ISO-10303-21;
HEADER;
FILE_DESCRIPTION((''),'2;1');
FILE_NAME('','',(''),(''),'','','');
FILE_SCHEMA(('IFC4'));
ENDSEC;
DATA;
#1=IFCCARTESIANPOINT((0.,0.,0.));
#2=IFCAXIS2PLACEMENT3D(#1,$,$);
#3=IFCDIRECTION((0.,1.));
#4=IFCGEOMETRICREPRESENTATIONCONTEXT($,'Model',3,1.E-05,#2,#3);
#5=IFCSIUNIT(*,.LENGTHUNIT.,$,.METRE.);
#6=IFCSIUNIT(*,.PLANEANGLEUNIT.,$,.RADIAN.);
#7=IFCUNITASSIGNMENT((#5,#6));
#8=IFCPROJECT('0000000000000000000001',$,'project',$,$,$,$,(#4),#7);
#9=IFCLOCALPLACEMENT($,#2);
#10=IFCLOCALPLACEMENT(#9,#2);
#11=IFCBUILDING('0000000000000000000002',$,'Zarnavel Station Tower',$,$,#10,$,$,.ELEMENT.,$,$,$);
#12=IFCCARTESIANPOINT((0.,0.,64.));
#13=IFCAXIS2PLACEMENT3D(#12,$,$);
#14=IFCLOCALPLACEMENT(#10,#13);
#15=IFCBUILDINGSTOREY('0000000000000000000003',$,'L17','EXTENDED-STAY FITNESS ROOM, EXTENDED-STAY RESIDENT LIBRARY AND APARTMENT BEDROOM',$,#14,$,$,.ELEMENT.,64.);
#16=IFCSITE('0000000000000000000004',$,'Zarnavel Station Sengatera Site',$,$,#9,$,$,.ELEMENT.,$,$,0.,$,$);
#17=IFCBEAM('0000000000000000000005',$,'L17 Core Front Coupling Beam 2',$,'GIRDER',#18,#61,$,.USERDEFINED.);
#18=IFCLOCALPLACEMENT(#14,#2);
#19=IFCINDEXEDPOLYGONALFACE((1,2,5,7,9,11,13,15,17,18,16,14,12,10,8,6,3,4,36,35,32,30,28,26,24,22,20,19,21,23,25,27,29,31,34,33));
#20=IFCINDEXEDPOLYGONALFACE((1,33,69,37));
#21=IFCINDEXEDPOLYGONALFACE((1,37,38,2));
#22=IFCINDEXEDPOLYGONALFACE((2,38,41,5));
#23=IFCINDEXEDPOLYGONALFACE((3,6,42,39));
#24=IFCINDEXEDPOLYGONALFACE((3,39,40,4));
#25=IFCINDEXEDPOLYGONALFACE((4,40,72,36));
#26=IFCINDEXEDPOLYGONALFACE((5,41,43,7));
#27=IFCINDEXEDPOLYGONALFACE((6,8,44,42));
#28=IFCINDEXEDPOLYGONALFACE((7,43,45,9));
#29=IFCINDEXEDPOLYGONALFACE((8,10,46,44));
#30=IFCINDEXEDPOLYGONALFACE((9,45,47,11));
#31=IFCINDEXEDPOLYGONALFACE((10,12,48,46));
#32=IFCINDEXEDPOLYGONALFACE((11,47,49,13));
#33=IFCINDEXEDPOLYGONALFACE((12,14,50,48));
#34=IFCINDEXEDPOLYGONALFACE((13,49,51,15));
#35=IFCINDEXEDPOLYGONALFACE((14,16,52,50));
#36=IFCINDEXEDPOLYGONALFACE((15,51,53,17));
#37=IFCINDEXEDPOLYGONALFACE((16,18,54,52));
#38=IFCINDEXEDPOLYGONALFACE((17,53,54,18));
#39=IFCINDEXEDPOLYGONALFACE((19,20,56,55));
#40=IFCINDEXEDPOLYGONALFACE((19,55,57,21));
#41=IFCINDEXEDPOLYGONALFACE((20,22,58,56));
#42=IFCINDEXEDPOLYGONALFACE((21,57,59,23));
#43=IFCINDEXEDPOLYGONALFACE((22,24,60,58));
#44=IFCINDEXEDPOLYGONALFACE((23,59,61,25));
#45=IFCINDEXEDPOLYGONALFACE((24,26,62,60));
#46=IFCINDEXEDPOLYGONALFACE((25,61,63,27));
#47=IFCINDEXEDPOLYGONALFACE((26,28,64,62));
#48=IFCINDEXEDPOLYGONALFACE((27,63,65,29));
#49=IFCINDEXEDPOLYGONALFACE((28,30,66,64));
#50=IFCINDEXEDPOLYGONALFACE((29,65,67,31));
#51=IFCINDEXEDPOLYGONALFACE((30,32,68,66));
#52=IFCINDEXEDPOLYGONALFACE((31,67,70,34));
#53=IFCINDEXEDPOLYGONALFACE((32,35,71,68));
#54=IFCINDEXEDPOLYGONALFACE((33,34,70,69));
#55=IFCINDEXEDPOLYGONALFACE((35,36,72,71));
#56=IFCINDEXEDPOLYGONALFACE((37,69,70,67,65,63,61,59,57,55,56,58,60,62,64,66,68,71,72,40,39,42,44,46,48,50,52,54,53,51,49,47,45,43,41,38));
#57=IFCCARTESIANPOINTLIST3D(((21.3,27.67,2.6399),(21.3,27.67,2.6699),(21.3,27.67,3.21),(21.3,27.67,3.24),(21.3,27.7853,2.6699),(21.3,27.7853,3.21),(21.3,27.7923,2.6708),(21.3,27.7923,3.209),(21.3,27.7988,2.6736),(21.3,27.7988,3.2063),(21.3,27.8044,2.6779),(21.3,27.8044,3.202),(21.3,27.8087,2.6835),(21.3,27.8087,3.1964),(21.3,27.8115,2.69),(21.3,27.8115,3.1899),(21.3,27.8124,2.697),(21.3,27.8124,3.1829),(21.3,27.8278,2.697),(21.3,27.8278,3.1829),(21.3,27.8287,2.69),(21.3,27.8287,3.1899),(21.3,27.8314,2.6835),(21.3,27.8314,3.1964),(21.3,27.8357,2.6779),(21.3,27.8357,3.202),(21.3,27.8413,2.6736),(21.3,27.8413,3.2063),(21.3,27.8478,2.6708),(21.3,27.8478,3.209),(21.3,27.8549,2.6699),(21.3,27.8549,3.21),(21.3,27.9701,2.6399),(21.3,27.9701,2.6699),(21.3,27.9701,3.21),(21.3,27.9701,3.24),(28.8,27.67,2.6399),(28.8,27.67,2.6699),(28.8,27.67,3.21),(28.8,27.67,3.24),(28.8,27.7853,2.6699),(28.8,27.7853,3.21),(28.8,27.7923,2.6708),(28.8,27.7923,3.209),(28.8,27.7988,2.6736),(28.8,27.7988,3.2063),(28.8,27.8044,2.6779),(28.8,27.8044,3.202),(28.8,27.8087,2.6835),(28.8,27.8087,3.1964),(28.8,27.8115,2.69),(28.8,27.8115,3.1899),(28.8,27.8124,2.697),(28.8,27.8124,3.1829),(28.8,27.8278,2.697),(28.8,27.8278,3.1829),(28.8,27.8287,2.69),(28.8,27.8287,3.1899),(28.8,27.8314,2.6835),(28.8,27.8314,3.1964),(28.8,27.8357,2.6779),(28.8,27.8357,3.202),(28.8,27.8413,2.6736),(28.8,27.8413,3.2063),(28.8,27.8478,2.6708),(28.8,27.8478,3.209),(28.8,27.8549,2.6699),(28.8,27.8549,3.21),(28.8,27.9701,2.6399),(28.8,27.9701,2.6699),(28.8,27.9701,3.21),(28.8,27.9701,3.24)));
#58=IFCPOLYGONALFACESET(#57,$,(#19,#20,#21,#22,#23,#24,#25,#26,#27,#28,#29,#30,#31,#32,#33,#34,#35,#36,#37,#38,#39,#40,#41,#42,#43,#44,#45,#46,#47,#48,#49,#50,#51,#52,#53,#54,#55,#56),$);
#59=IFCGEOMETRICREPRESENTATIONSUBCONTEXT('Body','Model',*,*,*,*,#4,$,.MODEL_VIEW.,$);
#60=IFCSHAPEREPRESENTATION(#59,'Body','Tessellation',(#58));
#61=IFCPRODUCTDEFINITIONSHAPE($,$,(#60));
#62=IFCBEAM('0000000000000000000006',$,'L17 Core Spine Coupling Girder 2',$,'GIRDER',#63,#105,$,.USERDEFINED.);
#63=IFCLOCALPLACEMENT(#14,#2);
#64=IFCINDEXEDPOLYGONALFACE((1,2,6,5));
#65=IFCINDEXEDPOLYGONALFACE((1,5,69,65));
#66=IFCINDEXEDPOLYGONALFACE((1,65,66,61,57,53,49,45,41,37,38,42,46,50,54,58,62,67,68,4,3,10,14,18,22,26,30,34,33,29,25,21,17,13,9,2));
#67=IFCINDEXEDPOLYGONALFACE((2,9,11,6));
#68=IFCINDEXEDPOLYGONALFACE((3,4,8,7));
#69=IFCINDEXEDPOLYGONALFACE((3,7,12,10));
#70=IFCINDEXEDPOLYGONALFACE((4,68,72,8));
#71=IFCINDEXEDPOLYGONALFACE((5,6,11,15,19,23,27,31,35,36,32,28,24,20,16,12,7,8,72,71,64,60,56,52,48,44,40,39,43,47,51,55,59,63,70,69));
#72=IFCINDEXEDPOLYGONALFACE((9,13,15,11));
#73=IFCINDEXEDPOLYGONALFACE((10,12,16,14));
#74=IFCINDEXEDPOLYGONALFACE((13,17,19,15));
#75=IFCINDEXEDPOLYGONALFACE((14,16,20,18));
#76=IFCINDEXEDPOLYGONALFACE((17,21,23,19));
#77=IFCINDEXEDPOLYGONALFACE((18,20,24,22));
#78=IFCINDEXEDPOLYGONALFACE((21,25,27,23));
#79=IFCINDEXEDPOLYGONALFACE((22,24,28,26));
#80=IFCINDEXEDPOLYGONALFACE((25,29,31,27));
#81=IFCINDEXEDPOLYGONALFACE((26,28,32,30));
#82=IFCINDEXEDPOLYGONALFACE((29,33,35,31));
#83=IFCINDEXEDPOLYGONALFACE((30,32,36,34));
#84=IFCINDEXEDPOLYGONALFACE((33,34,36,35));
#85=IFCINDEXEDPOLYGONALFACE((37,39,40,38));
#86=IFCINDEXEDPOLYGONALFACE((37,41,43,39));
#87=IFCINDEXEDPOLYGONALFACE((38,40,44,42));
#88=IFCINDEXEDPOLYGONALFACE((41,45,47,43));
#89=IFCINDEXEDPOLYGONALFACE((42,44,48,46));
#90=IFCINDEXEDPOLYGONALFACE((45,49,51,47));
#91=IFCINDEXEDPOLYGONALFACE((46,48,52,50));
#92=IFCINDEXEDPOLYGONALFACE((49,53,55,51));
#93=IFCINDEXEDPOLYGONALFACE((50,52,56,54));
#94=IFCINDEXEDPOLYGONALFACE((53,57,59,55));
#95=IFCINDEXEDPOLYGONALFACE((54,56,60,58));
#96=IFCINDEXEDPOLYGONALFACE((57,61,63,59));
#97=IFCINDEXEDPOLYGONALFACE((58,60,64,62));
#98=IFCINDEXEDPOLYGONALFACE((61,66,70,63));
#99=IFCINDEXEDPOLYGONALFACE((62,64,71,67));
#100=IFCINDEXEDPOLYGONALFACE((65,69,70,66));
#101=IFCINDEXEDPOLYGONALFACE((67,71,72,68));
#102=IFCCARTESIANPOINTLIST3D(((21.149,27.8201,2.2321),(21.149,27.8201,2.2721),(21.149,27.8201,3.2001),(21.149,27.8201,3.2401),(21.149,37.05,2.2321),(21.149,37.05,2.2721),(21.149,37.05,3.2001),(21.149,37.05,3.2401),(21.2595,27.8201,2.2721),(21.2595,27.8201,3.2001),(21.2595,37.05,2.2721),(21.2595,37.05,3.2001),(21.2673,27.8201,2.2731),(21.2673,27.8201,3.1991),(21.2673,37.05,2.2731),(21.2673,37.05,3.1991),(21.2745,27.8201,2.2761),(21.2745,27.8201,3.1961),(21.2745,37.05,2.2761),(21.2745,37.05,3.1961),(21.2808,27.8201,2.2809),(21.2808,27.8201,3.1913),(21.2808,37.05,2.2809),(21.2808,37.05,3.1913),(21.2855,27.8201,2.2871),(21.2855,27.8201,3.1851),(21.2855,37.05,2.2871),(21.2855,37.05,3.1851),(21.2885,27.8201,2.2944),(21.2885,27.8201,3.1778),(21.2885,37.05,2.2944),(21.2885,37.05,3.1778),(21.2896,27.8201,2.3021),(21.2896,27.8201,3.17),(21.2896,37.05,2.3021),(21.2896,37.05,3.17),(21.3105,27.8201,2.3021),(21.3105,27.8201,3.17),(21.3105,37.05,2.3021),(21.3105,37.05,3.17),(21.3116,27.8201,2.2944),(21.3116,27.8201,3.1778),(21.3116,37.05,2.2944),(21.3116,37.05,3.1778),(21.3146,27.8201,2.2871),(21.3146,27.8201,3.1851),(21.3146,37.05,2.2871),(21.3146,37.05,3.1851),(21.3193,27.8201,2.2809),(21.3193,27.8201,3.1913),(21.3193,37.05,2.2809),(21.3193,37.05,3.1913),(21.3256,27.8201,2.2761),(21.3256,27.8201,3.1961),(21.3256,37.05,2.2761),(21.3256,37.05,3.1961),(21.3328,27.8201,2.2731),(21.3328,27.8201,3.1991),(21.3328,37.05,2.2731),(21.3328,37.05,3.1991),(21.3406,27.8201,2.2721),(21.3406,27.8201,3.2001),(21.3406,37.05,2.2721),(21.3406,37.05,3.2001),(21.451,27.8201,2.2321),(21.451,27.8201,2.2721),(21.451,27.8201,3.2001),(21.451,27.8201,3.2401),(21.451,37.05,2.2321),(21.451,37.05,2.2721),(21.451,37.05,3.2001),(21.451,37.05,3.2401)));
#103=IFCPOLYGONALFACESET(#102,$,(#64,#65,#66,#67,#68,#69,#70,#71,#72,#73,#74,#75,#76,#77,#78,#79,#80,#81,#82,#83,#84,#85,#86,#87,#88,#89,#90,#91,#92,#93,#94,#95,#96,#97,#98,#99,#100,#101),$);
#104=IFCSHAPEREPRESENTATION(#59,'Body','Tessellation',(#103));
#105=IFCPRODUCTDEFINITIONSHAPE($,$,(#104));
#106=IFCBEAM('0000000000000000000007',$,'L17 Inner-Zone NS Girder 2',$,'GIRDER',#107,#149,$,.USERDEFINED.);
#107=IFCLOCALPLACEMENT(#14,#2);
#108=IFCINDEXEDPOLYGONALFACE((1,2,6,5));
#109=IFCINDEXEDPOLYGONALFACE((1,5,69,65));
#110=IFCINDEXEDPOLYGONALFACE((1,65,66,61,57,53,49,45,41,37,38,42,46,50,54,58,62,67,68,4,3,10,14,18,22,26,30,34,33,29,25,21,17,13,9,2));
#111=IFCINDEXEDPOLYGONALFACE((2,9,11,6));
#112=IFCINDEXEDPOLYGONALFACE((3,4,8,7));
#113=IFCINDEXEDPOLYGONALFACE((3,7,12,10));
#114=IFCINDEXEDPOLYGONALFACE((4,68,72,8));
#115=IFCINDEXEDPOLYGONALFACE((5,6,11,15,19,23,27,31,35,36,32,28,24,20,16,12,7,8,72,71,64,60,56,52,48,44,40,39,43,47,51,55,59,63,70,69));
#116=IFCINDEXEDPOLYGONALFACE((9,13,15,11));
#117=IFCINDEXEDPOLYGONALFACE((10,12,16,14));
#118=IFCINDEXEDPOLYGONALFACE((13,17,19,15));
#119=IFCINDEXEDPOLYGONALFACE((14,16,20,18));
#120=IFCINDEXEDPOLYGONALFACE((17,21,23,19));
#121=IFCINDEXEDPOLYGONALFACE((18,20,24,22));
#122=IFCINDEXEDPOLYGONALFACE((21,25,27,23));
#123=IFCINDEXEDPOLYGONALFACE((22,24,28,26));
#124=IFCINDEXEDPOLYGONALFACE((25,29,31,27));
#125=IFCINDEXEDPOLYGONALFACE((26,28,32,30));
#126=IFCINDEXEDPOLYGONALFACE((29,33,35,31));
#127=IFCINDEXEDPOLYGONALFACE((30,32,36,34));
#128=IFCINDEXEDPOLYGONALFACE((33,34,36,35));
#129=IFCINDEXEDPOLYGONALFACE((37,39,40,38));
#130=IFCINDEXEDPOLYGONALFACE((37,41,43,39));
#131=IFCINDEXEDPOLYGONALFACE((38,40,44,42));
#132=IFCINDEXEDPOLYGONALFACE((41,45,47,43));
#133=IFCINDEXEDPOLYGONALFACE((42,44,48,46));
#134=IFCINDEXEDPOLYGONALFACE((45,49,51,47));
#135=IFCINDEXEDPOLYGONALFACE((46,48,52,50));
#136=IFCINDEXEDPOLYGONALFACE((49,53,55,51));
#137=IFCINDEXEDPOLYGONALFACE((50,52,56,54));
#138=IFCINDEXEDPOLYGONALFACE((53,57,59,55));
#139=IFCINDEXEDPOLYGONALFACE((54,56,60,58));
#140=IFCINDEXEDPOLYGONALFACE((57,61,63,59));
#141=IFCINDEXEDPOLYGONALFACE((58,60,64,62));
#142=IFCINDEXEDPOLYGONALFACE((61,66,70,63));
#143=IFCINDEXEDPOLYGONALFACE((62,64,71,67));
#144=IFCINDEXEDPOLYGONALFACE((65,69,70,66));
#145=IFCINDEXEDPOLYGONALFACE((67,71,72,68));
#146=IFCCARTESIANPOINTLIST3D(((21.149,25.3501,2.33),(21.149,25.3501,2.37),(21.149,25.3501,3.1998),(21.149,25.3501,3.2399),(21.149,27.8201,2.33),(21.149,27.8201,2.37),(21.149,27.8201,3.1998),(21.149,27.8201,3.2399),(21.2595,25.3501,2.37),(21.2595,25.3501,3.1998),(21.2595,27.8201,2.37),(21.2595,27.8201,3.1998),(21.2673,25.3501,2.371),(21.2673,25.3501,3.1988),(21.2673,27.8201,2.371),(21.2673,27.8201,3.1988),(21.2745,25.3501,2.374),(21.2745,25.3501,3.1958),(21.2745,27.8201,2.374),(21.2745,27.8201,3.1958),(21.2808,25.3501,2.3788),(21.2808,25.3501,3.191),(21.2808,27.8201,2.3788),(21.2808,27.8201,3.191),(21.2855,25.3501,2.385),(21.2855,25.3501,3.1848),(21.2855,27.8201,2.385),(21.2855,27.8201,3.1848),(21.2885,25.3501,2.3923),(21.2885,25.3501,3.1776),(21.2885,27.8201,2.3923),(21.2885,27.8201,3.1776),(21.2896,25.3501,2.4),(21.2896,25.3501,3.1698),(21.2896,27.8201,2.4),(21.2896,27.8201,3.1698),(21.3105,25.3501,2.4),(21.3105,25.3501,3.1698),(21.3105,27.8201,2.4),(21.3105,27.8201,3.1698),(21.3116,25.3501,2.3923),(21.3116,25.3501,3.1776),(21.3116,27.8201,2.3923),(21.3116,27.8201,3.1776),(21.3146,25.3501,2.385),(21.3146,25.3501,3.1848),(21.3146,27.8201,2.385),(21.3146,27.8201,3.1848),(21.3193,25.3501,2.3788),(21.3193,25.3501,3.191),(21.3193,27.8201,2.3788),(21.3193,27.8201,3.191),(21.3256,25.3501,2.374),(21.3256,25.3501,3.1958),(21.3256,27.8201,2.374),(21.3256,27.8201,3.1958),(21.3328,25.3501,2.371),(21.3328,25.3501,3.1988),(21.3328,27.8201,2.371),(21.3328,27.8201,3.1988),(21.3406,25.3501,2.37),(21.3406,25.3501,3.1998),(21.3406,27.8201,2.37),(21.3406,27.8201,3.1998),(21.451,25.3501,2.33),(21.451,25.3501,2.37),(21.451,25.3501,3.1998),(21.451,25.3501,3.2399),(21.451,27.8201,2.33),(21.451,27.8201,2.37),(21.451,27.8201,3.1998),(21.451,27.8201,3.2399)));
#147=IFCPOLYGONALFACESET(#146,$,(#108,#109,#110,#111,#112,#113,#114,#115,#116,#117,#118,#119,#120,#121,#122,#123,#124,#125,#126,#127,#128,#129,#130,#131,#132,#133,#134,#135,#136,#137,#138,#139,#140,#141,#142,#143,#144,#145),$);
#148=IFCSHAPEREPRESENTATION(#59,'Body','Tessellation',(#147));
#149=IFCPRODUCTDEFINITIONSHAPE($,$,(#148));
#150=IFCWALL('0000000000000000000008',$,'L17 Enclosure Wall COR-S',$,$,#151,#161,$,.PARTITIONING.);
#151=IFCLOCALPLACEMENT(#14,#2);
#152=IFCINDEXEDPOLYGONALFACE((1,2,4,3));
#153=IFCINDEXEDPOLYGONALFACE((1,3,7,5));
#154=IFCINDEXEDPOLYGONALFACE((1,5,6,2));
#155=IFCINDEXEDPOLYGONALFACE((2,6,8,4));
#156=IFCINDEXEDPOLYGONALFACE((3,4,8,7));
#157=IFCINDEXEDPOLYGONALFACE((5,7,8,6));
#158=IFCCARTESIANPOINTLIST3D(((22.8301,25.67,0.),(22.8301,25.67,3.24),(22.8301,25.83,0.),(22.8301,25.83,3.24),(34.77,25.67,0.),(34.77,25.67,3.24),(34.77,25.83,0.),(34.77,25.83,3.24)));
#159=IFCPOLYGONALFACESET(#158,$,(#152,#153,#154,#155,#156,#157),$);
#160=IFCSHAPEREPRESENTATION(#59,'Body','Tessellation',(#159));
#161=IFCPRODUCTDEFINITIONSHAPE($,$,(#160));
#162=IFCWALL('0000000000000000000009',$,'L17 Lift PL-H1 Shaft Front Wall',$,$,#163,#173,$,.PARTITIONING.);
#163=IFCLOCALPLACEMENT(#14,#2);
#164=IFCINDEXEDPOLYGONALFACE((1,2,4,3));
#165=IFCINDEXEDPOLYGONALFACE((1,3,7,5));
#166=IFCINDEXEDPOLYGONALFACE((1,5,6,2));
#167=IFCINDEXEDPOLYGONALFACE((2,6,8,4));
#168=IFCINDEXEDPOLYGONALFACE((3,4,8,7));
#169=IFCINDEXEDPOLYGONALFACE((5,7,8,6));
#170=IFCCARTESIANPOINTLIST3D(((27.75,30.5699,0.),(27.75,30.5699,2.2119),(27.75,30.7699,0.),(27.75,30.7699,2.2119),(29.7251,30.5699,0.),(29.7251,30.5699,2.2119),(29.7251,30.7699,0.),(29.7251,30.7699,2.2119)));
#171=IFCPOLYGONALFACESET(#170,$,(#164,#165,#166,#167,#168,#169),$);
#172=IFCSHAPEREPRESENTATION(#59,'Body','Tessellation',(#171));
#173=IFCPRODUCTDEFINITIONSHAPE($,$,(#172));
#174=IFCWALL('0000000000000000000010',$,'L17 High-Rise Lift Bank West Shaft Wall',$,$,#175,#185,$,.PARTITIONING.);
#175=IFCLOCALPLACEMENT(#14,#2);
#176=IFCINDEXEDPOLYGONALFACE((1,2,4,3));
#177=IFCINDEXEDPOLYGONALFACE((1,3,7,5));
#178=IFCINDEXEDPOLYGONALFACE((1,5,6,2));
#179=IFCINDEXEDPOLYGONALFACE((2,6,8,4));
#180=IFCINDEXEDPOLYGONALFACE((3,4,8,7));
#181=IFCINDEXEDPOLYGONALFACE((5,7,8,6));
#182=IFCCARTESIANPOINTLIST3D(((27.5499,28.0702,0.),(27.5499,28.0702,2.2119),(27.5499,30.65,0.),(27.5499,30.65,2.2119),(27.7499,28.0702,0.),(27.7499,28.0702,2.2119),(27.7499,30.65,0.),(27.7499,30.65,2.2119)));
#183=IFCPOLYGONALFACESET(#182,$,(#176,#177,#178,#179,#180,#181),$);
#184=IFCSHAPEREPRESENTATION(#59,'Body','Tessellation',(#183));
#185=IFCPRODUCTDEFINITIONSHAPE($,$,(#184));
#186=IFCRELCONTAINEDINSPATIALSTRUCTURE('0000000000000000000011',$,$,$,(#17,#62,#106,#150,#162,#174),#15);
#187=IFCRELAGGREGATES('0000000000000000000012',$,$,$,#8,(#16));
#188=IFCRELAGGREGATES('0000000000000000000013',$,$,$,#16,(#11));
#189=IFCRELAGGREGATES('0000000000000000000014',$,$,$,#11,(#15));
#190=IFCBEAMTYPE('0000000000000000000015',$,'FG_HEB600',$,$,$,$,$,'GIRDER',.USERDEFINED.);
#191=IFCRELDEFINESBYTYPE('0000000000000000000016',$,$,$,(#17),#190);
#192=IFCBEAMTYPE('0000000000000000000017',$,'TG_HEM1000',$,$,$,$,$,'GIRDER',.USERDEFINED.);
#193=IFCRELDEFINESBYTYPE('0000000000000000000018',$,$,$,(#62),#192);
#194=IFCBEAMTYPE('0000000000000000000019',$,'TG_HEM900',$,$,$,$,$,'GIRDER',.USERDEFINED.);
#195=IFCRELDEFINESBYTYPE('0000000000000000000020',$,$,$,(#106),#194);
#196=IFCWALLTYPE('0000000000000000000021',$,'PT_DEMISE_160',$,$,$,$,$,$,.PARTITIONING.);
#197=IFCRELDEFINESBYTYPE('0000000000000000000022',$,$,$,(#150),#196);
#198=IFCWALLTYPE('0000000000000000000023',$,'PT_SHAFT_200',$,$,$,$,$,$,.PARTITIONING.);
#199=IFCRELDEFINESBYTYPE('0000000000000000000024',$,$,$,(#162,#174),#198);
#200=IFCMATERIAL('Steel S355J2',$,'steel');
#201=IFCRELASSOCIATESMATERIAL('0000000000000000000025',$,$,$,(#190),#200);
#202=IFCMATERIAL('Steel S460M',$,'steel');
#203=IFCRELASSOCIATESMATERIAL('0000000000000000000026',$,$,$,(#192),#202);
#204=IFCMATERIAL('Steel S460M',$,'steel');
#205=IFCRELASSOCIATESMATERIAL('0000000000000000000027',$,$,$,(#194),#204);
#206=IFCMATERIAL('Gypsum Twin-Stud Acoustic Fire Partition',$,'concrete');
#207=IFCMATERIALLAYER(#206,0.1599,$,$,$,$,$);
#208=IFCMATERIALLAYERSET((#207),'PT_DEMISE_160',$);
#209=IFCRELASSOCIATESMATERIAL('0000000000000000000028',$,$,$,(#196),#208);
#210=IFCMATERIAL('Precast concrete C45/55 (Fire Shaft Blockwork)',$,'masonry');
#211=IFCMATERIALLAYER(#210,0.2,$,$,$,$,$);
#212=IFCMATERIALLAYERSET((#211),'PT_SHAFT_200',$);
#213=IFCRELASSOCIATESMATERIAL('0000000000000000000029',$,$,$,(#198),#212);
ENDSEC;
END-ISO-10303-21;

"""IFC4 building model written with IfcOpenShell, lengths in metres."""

from ifc_helpers import new_model, si_unit, direction, frame, frame_2d, origin, origin_2d, place, context, subcontext, project, spatial, rectangle, i_section, extrude, material, layer, layer_set, material_profile, profile_set, type_object, element, save


model = new_model("IFC4")

# Units and contexts
model_context = context("Model", 3, precision=1e-05, world=origin(), true_north=direction((0.0, 1.0)))
body_context = subcontext(model_context, "Body", "Model", "MODEL_VIEW")
ifc_project = project(units=[si_unit("LENGTHUNIT", "METRE"), si_unit("PLANEANGLEUNIT", "RADIAN")], contexts=[model_context])

# Site, building, storey
site_placement = place(None, origin())
site = spatial("IfcSite", under=ifc_project, at=site_placement, Name="Zarnavel Station Sengatera Site", CompositionType="ELEMENT", RefElevation=0.0)
building_placement = place(site_placement, origin())
building = spatial("IfcBuilding", under=site, at=building_placement, Name="Zarnavel Station Tower", CompositionType="ELEMENT")
storey_placement = place(building_placement, frame((0.0, 0.0, 64.0)))
storey = spatial("IfcBuildingStorey", under=building, at=storey_placement, Name="L17", Description="EXTENDED-STAY FITNESS ROOM, EXTENDED-STAY RESIDENT LIBRARY AND APARTMENT BEDROOM", CompositionType="ELEMENT", Elevation=64.0)

# Beams
ifc_material_1 = material(Name="Steel S355J2", Category="steel")
ifc_material_profile_1 = material_profile(ifc_material_1, i_section(OverallWidth=0.3, OverallDepth=0.6001, WebThickness=0.0154, FlangeThickness=0.03, FilletRadius=0.0271, at=origin_2d()), Name="HEB600")
ifc_profile_set_1 = profile_set([ifc_material_profile_1], Name="Steel S355J2")
beam_type_1 = type_object("IfcBeamType", Name="FG_HEB600", ElementType="GIRDER", PredefinedType="USERDEFINED", material=ifc_profile_set_1)
beam_1_placement = place(storey_placement, frame((21.3, 27.8201, 2.9399), z_axis=(1.0, 0.0, 0.0), x_axis=(0.0, 1.0, 0.0)))
element("IfcBeam", 1, at=beam_1_placement, inside=storey, type_object=beam_type_1, Name="L17 Core Front Coupling Beam 2", ObjectType="GIRDER", PredefinedType="USERDEFINED", context=body_context, shape_type="SweptSolid", body=[
    extrude(i_section(OverallWidth=0.3, OverallDepth=0.6001, WebThickness=0.0154, FlangeThickness=0.03, FilletRadius=0.0271, at=origin_2d()), origin(), (0.0, 0.0, 1.0), 7.5),
])
ifc_material_2 = material(Name="Steel S460M", Category="steel")
ifc_material_profile_2 = material_profile(ifc_material_2, i_section(OverallWidth=0.302, OverallDepth=1.0081, WebThickness=0.021, FlangeThickness=0.04, FilletRadius=0.03, at=origin_2d()), Name="HEM1000")
ifc_profile_set_2 = profile_set([ifc_material_profile_2], Name="Steel S460M")
beam_type_2 = type_object("IfcBeamType", Name="TG_HEM1000", ElementType="GIRDER", PredefinedType="USERDEFINED", material=ifc_profile_set_2)
beam_2_placement = place(storey_placement, frame((21.3, 27.8201, 2.7361), z_axis=(0.0, 1.0, 0.0), x_axis=(-1.0, 0.0, 0.0)))
element("IfcBeam", 2, at=beam_2_placement, inside=storey, type_object=beam_type_2, Name="L17 Core Spine Coupling Girder 2", ObjectType="GIRDER", PredefinedType="USERDEFINED", context=body_context, shape_type="SweptSolid", body=[
    extrude(i_section(OverallWidth=0.302, OverallDepth=1.0081, WebThickness=0.021, FlangeThickness=0.04, FilletRadius=0.03, at=origin_2d()), origin(), (0.0, 0.0, 1.0), 9.23),
])
ifc_material_3 = material(Name="Steel S460M", Category="steel")
ifc_material_profile_3 = material_profile(ifc_material_3, i_section(OverallWidth=0.302, OverallDepth=0.9099, WebThickness=0.021, FlangeThickness=0.04, FilletRadius=0.03, at=origin_2d()), Name="HEM900")
ifc_profile_set_3 = profile_set([ifc_material_profile_3], Name="Steel S460M")
beam_type_3 = type_object("IfcBeamType", Name="TG_HEM900", ElementType="GIRDER", PredefinedType="USERDEFINED", material=ifc_profile_set_3)
beam_3_placement = place(storey_placement, frame((21.3, 25.3501, 2.7849), z_axis=(0.0, 1.0, 0.0), x_axis=(-1.0, 0.0, 0.0)))
element("IfcBeam", 3, at=beam_3_placement, inside=storey, type_object=beam_type_3, Name="L17 Inner-Zone NS Girder 2", ObjectType="GIRDER", PredefinedType="USERDEFINED", context=body_context, shape_type="SweptSolid", body=[
    extrude(i_section(OverallWidth=0.302, OverallDepth=0.9099, WebThickness=0.021, FlangeThickness=0.04, FilletRadius=0.03, at=origin_2d()), origin(), (0.0, 0.0, 1.0), 2.47),
])

# Walls
ifc_material_4 = material(Name="Gypsum Twin-Stud Acoustic Fire Partition", Category="concrete")
ifc_layer_1 = layer(ifc_material_4, 0.1599)
ifc_layer_set_1 = layer_set([ifc_layer_1], Name="PT_DEMISE_160")
wall_type_1 = type_object("IfcWallType", Name="PT_DEMISE_160", PredefinedType="PARTITIONING", material=ifc_layer_set_1)
wall_1_placement = place(storey_placement, frame((22.8301, 25.75, 0.0), z_axis=(0.0, 0.0, 1.0), x_axis=(1.0, 0.0, 0.0)))
element("IfcWall", 4, at=wall_1_placement, inside=storey, type_object=wall_type_1, Name="L17 Enclosure Wall COR-S", PredefinedType="PARTITIONING", context=body_context, shape_type="SweptSolid", body=[
    extrude(rectangle(XDim=11.9399, YDim=0.1599, at=frame_2d((5.97, 0.0))), origin(), (0.0, 0.0, 1.0), 3.24),
])
ifc_material_5 = material(Name="Precast concrete C45/55 (Fire Shaft Blockwork)", Category="masonry")
ifc_layer_2 = layer(ifc_material_5, 0.2)
ifc_layer_set_2 = layer_set([ifc_layer_2], Name="PT_SHAFT_200")
wall_type_2 = type_object("IfcWallType", Name="PT_SHAFT_200", PredefinedType="PARTITIONING", material=ifc_layer_set_2)
wall_2_placement = place(storey_placement, frame((27.75, 30.6699, 0.0), z_axis=(0.0, 0.0, 1.0), x_axis=(1.0, 0.0, 0.0)))
element("IfcWall", 5, at=wall_2_placement, inside=storey, type_object=wall_type_2, Name="L17 Lift PL-H1 Shaft Front Wall", PredefinedType="PARTITIONING", context=body_context, shape_type="SweptSolid", body=[
    extrude(rectangle(XDim=1.9751, YDim=0.2, at=frame_2d((0.9875, 0.0))), origin(), (0.0, 0.0, 1.0), 2.2119),
])
wall_3_placement = place(storey_placement, frame((27.6499, 28.0701, 0.0), z_axis=(0.0, 0.0, 1.0), x_axis=(0.0, 1.0, 0.0)))
element("IfcWall", 6, at=wall_3_placement, inside=storey, type_object=wall_type_2, Name="L17 High-Rise Lift Bank West Shaft Wall", PredefinedType="PARTITIONING", context=body_context, shape_type="SweptSolid", body=[
    extrude(rectangle(XDim=2.5798, YDim=0.2, at=frame_2d((1.29, 0.0))), origin(), (0.0, 0.0, 1.0), 2.2119),
])

save(model, "model.ifc")
